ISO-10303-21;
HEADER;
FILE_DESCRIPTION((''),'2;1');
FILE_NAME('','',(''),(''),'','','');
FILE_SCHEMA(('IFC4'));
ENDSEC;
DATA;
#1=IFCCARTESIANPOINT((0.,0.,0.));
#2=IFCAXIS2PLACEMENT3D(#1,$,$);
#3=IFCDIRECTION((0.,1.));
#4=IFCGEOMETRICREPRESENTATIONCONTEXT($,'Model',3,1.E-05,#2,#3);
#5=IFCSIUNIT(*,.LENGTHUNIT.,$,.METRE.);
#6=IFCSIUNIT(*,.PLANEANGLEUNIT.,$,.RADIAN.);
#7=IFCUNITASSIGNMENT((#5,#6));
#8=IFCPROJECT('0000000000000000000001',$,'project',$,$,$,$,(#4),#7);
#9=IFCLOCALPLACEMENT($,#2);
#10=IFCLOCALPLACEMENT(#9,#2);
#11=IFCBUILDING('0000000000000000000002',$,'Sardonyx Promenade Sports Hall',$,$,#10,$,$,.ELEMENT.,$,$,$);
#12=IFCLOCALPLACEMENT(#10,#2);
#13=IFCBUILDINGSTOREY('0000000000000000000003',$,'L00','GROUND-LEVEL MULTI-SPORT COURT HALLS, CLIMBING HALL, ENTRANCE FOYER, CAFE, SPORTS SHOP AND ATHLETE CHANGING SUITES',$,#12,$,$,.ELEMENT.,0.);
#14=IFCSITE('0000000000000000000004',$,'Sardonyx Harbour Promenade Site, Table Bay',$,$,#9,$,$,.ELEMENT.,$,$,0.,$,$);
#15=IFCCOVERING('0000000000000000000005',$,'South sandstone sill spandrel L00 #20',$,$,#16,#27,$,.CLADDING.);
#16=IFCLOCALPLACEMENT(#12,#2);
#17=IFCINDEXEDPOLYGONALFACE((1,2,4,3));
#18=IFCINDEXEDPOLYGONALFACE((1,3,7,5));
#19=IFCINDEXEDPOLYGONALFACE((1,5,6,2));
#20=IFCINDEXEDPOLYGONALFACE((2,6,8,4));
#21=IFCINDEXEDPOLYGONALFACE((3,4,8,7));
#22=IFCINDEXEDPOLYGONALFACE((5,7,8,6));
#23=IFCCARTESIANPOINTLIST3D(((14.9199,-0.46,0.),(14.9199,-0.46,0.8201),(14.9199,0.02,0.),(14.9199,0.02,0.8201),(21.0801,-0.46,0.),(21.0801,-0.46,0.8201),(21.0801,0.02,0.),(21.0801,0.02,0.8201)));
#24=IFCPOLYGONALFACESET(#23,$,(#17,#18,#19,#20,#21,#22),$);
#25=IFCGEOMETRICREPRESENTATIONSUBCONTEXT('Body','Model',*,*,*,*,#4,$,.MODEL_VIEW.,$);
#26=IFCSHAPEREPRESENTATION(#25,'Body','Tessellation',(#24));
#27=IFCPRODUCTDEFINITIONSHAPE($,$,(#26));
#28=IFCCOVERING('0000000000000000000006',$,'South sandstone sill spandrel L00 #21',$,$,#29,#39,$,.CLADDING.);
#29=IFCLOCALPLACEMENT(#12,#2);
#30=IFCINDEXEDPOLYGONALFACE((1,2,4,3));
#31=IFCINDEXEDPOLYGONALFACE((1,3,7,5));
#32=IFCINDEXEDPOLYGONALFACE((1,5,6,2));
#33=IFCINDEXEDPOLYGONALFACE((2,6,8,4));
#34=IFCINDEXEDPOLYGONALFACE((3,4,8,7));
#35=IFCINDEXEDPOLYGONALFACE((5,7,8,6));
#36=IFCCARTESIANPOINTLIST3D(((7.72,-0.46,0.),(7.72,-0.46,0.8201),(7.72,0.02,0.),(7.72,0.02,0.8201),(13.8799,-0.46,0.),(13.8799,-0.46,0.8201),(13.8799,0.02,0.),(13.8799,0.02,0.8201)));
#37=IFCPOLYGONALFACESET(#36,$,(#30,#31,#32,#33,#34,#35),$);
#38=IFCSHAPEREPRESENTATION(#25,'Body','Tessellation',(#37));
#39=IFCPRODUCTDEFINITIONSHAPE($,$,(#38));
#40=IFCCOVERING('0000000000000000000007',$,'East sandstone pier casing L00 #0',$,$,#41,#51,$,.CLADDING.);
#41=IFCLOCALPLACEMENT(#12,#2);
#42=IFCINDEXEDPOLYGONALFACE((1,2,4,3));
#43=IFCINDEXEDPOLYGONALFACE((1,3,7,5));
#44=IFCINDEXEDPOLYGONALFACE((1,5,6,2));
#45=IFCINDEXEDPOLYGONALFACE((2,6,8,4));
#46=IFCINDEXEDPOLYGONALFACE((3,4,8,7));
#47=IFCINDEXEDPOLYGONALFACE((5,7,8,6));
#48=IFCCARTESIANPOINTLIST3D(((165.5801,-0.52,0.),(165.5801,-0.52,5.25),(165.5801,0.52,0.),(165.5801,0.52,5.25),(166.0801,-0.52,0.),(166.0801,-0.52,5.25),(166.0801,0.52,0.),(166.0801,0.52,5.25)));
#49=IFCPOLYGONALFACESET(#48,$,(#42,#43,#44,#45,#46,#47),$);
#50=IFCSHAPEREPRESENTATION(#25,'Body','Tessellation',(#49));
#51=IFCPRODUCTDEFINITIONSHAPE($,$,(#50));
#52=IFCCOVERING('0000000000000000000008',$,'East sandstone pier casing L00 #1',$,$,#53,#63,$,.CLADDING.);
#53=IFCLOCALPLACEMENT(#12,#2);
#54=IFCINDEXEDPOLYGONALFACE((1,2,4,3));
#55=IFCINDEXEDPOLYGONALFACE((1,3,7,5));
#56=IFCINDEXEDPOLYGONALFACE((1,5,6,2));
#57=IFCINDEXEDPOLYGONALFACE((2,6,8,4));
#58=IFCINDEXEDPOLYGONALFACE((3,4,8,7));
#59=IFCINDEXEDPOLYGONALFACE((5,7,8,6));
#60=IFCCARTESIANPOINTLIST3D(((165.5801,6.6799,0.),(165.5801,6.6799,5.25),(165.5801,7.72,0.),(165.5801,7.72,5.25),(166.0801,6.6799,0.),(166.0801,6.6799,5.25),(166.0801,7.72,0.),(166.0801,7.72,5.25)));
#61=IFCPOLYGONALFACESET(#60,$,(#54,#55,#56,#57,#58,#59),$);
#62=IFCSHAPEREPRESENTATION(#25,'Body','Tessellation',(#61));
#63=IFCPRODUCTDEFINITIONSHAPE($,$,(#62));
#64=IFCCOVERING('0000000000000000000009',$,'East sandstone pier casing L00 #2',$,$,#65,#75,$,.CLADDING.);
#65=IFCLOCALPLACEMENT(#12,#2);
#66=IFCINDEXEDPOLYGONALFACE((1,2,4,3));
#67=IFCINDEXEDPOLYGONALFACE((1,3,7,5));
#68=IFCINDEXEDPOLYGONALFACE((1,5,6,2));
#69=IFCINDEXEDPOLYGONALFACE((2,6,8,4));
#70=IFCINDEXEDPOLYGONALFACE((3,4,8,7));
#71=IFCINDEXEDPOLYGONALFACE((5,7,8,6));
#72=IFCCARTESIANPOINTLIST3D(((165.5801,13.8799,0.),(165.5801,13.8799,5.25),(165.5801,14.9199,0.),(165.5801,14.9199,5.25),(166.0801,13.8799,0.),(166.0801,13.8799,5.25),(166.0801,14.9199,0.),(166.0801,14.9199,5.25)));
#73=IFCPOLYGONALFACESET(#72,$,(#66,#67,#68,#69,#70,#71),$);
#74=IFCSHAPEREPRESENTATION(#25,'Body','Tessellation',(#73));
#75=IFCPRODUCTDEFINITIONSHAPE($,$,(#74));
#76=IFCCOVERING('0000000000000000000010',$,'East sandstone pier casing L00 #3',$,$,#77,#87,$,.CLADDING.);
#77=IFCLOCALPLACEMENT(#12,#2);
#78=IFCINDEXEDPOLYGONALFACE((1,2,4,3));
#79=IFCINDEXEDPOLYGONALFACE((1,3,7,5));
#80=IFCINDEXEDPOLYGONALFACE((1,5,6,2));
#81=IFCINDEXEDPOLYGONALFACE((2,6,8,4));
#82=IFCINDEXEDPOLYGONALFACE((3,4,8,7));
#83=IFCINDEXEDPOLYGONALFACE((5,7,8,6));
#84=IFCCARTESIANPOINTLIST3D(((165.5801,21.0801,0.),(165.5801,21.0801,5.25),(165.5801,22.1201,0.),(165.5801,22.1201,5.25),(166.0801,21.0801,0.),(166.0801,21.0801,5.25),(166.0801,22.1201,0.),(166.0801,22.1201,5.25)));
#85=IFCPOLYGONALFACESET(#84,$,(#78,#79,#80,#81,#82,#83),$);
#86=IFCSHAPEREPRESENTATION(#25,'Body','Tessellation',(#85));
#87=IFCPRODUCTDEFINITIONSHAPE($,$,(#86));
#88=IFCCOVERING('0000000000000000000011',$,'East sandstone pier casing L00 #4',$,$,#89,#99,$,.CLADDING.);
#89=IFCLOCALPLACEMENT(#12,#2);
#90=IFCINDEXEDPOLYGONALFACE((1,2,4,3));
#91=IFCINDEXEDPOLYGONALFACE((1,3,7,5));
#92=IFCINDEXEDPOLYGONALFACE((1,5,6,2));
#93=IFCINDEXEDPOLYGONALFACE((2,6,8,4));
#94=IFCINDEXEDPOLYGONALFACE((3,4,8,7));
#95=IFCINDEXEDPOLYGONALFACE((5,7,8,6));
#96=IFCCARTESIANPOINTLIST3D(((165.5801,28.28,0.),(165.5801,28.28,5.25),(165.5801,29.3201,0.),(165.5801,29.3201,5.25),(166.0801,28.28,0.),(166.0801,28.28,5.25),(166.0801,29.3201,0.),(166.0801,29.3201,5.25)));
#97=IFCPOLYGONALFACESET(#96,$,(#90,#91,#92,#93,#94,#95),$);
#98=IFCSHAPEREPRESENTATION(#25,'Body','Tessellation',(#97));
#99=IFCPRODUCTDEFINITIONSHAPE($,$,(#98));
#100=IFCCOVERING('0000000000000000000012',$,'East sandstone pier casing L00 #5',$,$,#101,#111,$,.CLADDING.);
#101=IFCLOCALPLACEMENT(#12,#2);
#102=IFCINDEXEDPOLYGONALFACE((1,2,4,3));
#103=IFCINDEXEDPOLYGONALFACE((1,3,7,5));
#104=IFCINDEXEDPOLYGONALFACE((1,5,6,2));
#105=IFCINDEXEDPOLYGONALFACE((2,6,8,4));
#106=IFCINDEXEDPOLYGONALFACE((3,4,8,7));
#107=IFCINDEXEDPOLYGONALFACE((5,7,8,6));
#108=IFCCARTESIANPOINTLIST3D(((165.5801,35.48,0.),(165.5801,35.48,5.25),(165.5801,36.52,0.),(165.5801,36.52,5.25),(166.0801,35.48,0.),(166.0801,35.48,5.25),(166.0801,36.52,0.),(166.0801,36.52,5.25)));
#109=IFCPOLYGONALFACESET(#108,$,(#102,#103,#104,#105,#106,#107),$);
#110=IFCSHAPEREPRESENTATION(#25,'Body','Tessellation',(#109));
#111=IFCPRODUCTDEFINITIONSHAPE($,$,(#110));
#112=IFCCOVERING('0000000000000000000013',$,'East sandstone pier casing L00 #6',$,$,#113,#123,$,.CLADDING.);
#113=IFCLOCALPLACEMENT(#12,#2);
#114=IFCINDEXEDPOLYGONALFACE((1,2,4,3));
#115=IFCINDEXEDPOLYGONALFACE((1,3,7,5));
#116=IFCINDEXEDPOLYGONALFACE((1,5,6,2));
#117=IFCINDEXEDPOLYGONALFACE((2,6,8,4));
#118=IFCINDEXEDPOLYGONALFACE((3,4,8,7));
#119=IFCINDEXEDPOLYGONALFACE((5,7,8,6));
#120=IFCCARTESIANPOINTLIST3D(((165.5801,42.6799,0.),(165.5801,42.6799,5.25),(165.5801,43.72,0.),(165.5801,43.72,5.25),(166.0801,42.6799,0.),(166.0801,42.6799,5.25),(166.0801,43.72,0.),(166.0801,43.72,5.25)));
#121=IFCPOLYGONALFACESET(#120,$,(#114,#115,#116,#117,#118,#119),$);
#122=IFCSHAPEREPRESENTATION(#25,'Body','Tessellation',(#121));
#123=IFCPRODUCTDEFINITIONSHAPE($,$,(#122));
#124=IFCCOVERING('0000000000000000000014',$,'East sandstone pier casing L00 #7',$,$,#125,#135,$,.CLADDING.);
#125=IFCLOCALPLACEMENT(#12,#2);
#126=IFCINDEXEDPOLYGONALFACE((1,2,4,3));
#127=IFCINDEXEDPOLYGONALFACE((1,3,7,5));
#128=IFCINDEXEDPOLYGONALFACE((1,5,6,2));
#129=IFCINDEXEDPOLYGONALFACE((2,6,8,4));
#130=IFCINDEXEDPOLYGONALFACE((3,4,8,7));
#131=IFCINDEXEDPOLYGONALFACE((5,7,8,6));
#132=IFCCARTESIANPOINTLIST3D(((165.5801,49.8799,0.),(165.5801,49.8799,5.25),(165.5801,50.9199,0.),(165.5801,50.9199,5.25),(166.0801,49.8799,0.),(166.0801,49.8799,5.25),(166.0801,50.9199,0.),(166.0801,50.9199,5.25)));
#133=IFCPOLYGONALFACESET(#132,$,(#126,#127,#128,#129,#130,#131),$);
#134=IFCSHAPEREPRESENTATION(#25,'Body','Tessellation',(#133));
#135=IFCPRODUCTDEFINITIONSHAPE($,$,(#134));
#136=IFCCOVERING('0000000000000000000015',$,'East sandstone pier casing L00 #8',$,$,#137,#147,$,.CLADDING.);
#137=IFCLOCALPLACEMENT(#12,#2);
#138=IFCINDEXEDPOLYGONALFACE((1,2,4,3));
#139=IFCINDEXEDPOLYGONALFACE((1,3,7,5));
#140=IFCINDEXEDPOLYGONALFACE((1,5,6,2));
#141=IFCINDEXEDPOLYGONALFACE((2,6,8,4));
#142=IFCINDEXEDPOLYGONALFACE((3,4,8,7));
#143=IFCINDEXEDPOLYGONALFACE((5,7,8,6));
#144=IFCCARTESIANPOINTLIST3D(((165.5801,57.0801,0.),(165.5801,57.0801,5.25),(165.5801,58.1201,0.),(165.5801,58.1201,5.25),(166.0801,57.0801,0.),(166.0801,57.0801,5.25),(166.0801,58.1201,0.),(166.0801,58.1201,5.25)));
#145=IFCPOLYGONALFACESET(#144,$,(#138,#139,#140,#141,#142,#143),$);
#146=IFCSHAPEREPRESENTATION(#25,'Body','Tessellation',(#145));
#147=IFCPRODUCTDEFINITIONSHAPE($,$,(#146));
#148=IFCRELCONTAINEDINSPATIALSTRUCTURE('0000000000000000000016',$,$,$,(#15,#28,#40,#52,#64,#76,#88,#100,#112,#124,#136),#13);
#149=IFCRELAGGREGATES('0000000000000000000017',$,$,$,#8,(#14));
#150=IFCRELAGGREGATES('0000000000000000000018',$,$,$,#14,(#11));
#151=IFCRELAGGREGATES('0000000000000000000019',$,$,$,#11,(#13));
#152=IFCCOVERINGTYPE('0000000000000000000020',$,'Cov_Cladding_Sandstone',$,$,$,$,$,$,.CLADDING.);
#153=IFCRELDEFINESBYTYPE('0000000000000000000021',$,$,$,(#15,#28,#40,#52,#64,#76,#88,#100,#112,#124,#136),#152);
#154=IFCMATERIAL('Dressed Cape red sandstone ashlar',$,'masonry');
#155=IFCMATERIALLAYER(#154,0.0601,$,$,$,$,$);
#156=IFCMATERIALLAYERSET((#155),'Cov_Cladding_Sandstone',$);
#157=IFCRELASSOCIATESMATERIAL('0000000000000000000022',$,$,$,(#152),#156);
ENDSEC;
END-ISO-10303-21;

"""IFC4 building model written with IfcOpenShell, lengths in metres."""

from ifc_helpers import new_model, si_unit, direction, origin, place, context, subcontext, project, spatial, polyline, outline, extrude, material, layer, layer_set, type_object, element, save


model = new_model("IFC4")

# Units and contexts
model_context = context("Model", 3, precision=1e-05, world=origin(), true_north=direction((0.0, 1.0)))
body_context = subcontext(model_context, "Body", "Model", "MODEL_VIEW")
ifc_project = project(units=[si_unit("LENGTHUNIT", "METRE"), si_unit("PLANEANGLEUNIT", "RADIAN")], contexts=[model_context])

# Site, building, storey
site_placement = place(None, origin())
site = spatial("IfcSite", under=ifc_project, at=site_placement, Name="Sardonyx Harbour Promenade Site, Table Bay", CompositionType="ELEMENT", RefElevation=0.0)
building_placement = place(site_placement, origin())
building = spatial("IfcBuilding", under=site, at=building_placement, Name="Sardonyx Promenade Sports Hall", CompositionType="ELEMENT")
storey_placement = place(building_placement, origin())
storey = spatial("IfcBuildingStorey", under=building, at=storey_placement, Name="L00", Description="GROUND-LEVEL MULTI-SPORT COURT HALLS, CLIMBING HALL, ENTRANCE FOYER, CAFE, SPORTS SHOP AND ATHLETE CHANGING SUITES", CompositionType="ELEMENT", Elevation=0.0)

# Coverings
ifc_material_1 = material(Name="Dressed Cape red sandstone ashlar", Category="masonry")
ifc_layer_1 = layer(ifc_material_1, 0.0601)
ifc_layer_set_1 = layer_set([ifc_layer_1], Name="Cov_Cladding_Sandstone")
covering_type = type_object("IfcCoveringType", Name="Cov_Cladding_Sandstone", PredefinedType="CLADDING", material=ifc_layer_set_1)
covering_1_placement = place(storey_placement, origin())
element("IfcCovering", 1, at=covering_1_placement, inside=storey, type_object=covering_type, Name="South sandstone sill spandrel L00 #20", PredefinedType="CLADDING", context=body_context, shape_type="SweptSolid", body=[
    extrude(outline(polyline([(14.9199, -0.46), (21.0801, -0.46), (21.0801, 0.02), (14.9199, 0.02), (14.9199, -0.46)])), origin(), (0.0, 0.0, 1.0), 0.8201),
])
covering_2_placement = place(storey_placement, origin())
element("IfcCovering", 2, at=covering_2_placement, inside=storey, type_object=covering_type, Name="South sandstone sill spandrel L00 #21", PredefinedType="CLADDING", context=body_context, shape_type="SweptSolid", body=[
    extrude(outline(polyline([(7.72, -0.46), (13.8799, -0.46), (13.8799, 0.02), (7.72, 0.02), (7.72, -0.46)])), origin(), (0.0, 0.0, 1.0), 0.8201),
])
covering_3_placement = place(storey_placement, origin())
element("IfcCovering", 3, at=covering_3_placement, inside=storey, type_object=covering_type, Name="East sandstone pier casing L00 #0", PredefinedType="CLADDING", context=body_context, shape_type="SweptSolid", body=[
    extrude(outline(polyline([(165.5801, -0.52), (166.0801, -0.52), (166.0801, 0.52), (165.5801, 0.52), (165.5801, -0.52)])), origin(), (0.0, 0.0, 1.0), 5.25),
])
covering_4_placement = place(storey_placement, origin())
element("IfcCovering", 4, at=covering_4_placement, inside=storey, type_object=covering_type, Name="East sandstone pier casing L00 #1", PredefinedType="CLADDING", context=body_context, shape_type="SweptSolid", body=[
    extrude(outline(polyline([(165.5801, 6.6799), (166.0801, 6.6799), (166.0801, 7.72), (165.5801, 7.72), (165.5801, 6.6799)])), origin(), (0.0, 0.0, 1.0), 5.25),
])
covering_5_placement = place(storey_placement, origin())
element("IfcCovering", 5, at=covering_5_placement, inside=storey, type_object=covering_type, Name="East sandstone pier casing L00 #2", PredefinedType="CLADDING", context=body_context, shape_type="SweptSolid", body=[
    extrude(outline(polyline([(165.5801, 13.8799), (166.0801, 13.8799), (166.0801, 14.9199), (165.5801, 14.9199), (165.5801, 13.8799)])), origin(), (0.0, 0.0, 1.0), 5.25),
])
covering_6_placement = place(storey_placement, origin())
element("IfcCovering", 6, at=covering_6_placement, inside=storey, type_object=covering_type, Name="East sandstone pier casing L00 #3", PredefinedType="CLADDING", context=body_context, shape_type="SweptSolid", body=[
    extrude(outline(polyline([(165.5801, 21.0801), (166.0801, 21.0801), (166.0801, 22.1201), (165.5801, 22.1201), (165.5801, 21.0801)])), origin(), (0.0, 0.0, 1.0), 5.25),
])
covering_7_placement = place(storey_placement, origin())
element("IfcCovering", 7, at=covering_7_placement, inside=storey, type_object=covering_type, Name="East sandstone pier casing L00 #4", PredefinedType="CLADDING", context=body_context, shape_type="SweptSolid", body=[
    extrude(outline(polyline([(165.5801, 28.28), (166.0801, 28.28), (166.0801, 29.3201), (165.5801, 29.3201), (165.5801, 28.28)])), origin(), (0.0, 0.0, 1.0), 5.25),
])
covering_8_placement = place(storey_placement, origin())
element("IfcCovering", 8, at=covering_8_placement, inside=storey, type_object=covering_type, Name="East sandstone pier casing L00 #5", PredefinedType="CLADDING", context=body_context, shape_type="SweptSolid", body=[
    extrude(outline(polyline([(165.5801, 35.48), (166.0801, 35.48), (166.0801, 36.52), (165.5801, 36.52), (165.5801, 35.48)])), origin(), (0.0, 0.0, 1.0), 5.25),
])
covering_9_placement = place(storey_placement, origin())
element("IfcCovering", 9, at=covering_9_placement, inside=storey, type_object=covering_type, Name="East sandstone pier casing L00 #6", PredefinedType="CLADDING", context=body_context, shape_type="SweptSolid", body=[
    extrude(outline(polyline([(165.5801, 42.6799), (166.0801, 42.6799), (166.0801, 43.72), (165.5801, 43.72), (165.5801, 42.6799)])), origin(), (0.0, 0.0, 1.0), 5.25),
])
covering_10_placement = place(storey_placement, origin())
element("IfcCovering", 10, at=covering_10_placement, inside=storey, type_object=covering_type, Name="East sandstone pier casing L00 #7", PredefinedType="CLADDING", context=body_context, shape_type="SweptSolid", body=[
    extrude(outline(polyline([(165.5801, 49.8799), (166.0801, 49.8799), (166.0801, 50.9199), (165.5801, 50.9199), (165.5801, 49.8799)])), origin(), (0.0, 0.0, 1.0), 5.25),
])
covering_11_placement = place(storey_placement, origin())
element("IfcCovering", 11, at=covering_11_placement, inside=storey, type_object=covering_type, Name="East sandstone pier casing L00 #8", PredefinedType="CLADDING", context=body_context, shape_type="SweptSolid", body=[
    extrude(outline(polyline([(165.5801, 57.0801), (166.0801, 57.0801), (166.0801, 58.1201), (165.5801, 58.1201), (165.5801, 57.0801)])), origin(), (0.0, 0.0, 1.0), 5.25),
])

save(model, "model.ifc")
